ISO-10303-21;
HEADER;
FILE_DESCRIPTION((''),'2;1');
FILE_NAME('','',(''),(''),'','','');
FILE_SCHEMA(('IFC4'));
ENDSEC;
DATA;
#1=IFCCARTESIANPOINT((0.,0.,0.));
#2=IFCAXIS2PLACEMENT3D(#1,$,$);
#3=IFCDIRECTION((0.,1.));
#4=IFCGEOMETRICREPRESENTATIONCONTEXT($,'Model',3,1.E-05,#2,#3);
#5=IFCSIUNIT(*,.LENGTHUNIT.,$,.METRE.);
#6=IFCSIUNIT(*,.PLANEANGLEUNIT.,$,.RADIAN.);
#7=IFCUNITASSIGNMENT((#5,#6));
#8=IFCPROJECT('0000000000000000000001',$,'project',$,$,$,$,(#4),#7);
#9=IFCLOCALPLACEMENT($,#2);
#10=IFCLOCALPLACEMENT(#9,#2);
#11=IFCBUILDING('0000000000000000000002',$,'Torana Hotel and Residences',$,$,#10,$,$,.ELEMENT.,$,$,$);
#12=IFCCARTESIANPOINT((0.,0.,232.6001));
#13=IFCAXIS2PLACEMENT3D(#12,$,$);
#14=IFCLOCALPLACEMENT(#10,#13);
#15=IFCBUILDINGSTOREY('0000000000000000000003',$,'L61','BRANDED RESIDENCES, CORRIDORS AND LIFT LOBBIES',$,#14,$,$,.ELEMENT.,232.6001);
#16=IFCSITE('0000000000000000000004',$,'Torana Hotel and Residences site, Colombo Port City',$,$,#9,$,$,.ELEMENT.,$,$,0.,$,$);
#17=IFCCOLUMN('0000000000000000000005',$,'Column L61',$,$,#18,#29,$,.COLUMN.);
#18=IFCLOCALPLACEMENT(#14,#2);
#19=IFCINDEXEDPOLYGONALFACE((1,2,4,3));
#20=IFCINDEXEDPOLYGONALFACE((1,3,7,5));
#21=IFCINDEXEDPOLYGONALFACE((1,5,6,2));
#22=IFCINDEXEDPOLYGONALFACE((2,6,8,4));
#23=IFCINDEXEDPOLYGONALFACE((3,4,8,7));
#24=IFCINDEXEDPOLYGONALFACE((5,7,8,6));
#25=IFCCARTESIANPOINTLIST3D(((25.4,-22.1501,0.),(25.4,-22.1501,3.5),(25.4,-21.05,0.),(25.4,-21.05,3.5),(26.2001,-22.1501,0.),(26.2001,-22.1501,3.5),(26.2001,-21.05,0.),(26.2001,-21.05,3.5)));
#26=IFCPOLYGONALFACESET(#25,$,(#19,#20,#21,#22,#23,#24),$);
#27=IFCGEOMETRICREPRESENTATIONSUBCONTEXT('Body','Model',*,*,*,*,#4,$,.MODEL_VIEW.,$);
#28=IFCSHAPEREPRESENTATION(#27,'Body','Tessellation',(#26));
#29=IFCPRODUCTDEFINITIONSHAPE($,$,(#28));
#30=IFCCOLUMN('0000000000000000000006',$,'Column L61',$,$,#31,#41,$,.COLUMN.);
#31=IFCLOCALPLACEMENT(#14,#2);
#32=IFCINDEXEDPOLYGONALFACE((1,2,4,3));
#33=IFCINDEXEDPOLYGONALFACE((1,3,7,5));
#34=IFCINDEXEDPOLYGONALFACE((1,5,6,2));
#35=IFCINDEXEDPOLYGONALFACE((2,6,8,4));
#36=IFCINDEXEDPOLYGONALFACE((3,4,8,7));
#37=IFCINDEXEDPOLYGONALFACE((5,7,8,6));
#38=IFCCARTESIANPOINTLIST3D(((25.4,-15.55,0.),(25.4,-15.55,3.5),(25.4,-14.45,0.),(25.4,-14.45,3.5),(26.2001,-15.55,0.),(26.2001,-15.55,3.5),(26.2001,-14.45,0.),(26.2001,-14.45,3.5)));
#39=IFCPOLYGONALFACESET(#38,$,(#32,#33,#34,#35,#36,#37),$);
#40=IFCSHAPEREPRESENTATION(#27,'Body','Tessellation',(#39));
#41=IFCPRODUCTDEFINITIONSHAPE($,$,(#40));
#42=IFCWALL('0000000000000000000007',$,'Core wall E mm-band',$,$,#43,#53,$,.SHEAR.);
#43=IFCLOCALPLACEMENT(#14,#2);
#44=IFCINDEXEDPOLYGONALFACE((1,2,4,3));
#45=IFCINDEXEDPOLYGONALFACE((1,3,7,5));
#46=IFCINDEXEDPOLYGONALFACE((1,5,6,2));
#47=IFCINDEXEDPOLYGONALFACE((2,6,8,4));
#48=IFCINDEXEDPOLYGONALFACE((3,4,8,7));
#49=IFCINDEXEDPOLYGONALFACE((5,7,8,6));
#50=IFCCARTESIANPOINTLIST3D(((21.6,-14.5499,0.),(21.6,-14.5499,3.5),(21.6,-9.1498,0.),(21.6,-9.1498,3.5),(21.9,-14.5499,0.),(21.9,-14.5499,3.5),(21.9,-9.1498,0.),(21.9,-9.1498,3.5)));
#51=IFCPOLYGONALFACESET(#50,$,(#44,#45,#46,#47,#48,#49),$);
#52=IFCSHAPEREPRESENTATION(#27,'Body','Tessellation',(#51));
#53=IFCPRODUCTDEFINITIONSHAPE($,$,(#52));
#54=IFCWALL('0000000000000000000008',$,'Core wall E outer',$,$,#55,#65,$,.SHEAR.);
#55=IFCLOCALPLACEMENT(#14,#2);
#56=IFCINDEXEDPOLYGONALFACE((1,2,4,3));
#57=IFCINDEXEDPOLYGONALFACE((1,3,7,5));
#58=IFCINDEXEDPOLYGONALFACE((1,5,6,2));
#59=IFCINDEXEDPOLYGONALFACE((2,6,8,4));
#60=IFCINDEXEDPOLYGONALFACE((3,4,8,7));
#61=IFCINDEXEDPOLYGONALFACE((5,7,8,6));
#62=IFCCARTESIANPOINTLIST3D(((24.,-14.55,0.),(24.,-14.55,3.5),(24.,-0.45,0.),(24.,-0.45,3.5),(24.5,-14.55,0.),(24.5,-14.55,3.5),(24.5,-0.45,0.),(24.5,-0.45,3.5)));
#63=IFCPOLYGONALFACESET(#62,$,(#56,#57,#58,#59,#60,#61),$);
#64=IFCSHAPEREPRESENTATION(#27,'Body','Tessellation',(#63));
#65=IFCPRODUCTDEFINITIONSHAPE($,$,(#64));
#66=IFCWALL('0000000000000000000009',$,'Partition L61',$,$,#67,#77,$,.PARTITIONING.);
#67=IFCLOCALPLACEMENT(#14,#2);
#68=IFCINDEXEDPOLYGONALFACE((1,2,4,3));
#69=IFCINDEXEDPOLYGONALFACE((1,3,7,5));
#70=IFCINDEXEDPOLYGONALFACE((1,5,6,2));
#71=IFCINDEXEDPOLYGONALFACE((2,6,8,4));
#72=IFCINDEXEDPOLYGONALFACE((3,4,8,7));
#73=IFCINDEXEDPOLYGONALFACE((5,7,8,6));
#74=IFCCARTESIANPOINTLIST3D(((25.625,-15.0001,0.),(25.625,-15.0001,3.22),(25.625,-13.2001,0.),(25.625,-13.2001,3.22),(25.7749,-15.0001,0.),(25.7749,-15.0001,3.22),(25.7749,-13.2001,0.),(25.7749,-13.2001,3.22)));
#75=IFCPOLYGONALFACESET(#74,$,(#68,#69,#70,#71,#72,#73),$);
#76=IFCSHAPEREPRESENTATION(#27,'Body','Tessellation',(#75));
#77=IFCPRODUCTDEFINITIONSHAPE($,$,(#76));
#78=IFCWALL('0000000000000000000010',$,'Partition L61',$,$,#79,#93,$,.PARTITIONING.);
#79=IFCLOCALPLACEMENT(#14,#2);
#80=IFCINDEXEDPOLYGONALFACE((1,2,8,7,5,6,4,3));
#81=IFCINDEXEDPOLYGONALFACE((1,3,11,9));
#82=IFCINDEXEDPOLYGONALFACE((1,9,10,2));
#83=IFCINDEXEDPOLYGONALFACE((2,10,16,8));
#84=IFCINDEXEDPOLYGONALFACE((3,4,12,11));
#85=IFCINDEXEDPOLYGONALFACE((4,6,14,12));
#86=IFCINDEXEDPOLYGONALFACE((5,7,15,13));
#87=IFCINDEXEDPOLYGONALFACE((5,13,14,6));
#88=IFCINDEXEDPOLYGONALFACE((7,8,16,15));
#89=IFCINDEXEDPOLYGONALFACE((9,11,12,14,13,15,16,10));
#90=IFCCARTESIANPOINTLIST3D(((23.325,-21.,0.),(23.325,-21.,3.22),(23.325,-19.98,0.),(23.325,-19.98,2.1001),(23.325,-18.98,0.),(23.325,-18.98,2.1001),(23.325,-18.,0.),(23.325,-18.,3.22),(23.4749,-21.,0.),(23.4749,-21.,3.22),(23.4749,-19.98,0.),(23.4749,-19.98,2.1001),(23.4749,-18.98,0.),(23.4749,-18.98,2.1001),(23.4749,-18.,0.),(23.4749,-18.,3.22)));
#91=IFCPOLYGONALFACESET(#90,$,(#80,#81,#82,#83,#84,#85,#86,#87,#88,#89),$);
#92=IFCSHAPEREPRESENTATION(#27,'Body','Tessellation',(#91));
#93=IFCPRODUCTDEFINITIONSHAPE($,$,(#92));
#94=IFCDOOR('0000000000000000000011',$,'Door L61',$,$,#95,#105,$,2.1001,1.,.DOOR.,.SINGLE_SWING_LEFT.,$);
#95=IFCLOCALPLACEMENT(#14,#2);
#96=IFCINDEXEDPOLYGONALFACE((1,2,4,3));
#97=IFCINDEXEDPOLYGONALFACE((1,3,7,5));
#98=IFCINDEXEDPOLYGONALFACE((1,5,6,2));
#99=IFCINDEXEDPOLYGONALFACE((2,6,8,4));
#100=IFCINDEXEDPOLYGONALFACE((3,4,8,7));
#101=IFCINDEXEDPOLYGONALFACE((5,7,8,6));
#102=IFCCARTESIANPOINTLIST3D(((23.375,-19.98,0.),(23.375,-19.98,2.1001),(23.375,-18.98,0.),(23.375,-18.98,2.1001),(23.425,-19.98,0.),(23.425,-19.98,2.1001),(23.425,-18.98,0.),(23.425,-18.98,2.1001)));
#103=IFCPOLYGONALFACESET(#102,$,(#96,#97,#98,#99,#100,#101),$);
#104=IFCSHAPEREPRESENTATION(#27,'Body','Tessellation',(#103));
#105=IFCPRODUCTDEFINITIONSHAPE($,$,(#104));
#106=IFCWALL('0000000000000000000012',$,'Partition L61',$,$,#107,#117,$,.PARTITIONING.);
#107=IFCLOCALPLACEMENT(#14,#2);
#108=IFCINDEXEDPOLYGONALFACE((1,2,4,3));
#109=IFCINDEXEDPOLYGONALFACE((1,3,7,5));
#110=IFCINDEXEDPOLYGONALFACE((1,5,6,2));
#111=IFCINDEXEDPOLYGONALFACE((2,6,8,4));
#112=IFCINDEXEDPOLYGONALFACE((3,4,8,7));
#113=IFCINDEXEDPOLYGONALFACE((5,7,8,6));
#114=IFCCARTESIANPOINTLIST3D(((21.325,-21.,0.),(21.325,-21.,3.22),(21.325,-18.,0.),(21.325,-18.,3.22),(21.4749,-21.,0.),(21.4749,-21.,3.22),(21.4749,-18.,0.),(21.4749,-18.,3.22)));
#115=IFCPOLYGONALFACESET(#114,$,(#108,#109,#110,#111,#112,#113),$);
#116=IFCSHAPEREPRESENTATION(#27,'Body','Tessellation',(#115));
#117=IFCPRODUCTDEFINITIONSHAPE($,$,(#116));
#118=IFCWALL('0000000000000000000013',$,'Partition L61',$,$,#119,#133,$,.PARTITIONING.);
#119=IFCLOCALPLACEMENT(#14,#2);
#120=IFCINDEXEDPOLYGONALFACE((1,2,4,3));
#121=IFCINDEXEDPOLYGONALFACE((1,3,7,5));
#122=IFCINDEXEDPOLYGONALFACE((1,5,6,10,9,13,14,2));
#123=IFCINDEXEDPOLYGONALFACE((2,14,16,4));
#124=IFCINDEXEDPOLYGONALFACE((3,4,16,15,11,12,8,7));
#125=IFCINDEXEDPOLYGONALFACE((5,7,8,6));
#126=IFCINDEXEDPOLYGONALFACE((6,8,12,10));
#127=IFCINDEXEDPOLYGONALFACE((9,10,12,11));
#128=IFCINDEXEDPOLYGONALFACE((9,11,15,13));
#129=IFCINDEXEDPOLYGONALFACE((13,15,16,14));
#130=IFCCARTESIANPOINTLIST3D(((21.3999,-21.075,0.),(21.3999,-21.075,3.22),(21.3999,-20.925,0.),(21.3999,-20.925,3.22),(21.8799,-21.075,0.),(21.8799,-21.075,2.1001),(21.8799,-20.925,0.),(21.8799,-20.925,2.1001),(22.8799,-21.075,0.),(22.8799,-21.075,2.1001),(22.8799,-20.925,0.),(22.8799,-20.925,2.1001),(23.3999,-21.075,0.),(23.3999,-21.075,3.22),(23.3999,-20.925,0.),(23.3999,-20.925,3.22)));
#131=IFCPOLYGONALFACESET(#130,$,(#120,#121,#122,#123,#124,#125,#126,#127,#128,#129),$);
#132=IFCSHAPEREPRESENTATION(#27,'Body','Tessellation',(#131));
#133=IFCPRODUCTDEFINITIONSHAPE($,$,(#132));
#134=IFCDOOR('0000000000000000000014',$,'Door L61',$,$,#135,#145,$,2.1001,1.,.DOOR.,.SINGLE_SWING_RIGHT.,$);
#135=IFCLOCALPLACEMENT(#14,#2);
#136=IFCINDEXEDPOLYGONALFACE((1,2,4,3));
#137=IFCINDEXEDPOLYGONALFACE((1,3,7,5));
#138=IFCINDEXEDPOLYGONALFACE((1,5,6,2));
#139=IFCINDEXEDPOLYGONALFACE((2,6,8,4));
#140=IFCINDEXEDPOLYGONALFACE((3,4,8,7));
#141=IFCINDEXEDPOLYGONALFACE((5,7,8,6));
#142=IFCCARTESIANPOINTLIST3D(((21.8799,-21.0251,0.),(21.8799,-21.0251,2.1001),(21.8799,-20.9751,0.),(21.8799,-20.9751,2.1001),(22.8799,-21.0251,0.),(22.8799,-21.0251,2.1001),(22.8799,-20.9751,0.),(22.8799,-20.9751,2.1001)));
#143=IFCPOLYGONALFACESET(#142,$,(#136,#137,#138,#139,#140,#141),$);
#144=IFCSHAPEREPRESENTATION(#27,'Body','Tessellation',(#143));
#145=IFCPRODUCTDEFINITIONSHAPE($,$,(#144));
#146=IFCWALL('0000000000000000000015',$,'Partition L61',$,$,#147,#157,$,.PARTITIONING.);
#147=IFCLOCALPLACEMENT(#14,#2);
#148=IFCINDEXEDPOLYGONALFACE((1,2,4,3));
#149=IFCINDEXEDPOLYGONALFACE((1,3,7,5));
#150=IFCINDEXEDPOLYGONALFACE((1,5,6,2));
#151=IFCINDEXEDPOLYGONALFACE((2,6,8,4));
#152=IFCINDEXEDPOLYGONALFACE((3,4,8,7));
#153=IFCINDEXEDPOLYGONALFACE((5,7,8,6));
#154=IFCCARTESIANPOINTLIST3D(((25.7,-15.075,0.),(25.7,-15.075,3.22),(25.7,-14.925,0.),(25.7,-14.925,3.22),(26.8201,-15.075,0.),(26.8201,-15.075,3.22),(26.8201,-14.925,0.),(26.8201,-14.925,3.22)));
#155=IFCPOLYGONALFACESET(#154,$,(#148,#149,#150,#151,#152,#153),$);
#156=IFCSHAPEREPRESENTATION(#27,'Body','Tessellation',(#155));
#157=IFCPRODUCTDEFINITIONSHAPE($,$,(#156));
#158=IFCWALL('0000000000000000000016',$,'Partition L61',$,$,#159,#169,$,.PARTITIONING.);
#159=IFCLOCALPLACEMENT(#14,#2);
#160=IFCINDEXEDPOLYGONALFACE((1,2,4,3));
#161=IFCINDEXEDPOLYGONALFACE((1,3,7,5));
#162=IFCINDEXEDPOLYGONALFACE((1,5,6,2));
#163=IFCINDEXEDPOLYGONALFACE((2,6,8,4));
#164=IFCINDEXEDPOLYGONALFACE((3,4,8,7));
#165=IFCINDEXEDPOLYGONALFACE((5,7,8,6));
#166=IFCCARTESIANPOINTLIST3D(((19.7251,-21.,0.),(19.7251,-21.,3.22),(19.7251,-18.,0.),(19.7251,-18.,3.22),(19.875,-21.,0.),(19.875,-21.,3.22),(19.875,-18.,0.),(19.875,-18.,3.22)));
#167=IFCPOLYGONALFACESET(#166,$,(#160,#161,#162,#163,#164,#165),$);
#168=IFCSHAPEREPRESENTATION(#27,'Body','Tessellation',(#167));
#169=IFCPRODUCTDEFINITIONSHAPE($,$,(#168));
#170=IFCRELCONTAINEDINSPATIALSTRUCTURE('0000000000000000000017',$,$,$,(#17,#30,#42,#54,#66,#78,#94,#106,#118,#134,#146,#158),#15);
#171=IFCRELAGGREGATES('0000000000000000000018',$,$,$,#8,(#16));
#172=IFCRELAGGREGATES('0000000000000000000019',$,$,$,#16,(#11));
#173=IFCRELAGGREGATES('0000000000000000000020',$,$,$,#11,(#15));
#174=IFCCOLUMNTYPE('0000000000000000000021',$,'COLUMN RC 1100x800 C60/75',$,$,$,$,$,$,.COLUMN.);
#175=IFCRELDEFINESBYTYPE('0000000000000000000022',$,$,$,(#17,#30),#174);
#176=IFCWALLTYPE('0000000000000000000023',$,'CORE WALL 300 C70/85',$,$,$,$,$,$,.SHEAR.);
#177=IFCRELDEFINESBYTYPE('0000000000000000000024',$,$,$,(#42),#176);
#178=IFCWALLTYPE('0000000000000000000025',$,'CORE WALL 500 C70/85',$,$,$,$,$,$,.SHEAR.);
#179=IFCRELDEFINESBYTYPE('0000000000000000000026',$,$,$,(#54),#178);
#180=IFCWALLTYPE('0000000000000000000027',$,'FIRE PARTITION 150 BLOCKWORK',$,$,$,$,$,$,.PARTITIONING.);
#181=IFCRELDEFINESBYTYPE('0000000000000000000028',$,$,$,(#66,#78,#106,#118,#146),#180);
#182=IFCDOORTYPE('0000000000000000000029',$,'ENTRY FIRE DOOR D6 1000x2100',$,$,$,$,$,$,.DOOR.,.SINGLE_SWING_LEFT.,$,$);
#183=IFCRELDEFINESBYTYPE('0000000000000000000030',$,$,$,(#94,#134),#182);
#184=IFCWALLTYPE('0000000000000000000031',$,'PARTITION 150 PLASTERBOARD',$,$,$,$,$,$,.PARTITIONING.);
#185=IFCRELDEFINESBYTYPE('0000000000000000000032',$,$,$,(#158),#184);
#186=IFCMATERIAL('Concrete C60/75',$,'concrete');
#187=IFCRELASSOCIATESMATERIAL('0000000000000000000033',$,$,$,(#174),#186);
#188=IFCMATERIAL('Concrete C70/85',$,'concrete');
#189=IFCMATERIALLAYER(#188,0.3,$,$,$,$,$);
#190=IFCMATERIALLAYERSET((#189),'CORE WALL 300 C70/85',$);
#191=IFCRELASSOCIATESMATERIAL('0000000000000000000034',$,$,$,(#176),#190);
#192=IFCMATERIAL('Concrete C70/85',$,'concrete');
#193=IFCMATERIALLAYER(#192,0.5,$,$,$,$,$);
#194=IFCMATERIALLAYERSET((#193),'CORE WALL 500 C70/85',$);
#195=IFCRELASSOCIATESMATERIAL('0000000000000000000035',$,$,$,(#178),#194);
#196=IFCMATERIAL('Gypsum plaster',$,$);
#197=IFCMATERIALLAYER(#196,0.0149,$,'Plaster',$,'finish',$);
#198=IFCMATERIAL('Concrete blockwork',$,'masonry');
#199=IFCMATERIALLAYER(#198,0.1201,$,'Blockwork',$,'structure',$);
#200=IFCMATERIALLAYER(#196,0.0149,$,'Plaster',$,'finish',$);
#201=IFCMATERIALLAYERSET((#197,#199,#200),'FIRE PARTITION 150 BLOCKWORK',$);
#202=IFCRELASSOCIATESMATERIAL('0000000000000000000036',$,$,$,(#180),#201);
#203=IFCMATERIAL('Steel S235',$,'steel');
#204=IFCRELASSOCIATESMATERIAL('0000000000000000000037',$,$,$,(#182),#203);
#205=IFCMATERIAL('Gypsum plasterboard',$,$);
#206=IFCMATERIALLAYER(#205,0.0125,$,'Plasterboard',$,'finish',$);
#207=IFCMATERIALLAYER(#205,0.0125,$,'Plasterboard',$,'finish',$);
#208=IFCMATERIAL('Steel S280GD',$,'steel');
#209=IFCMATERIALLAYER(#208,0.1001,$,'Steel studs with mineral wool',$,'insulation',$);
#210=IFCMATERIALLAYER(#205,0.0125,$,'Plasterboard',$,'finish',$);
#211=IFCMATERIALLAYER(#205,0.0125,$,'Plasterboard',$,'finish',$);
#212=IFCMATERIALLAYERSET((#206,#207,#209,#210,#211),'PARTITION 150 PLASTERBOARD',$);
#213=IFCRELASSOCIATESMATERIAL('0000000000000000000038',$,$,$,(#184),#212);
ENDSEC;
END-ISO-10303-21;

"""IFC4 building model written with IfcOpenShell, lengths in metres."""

from ifc_helpers import new_model, si_unit, direction, frame, frame_2d, origin, origin_2d, place, context, subcontext, project, spatial, rectangle, extrude, material, layer, layer_set, material_profile, profile_set, type_object, element, fill, save


model = new_model("IFC4")

# Units and contexts
model_context = context("Model", 3, precision=1e-05, world=origin(), true_north=direction((0.0, 1.0)))
body_context = subcontext(model_context, "Body", "Model", "MODEL_VIEW")
ifc_project = project(units=[si_unit("LENGTHUNIT", "METRE"), si_unit("PLANEANGLEUNIT", "RADIAN")], contexts=[model_context])

# Site, building, storey
site_placement = place(None, origin())
site = spatial("IfcSite", under=ifc_project, at=site_placement, Name="Torana Hotel and Residences site, Colombo Port City", CompositionType="ELEMENT", RefElevation=0.0)
building_placement = place(site_placement, origin())
building = spatial("IfcBuilding", under=site, at=building_placement, Name="Torana Hotel and Residences", CompositionType="ELEMENT")
storey_placement = place(building_placement, frame((0.0, 0.0, 232.6001)))
storey = spatial("IfcBuildingStorey", under=building, at=storey_placement, Name="L61", Description="BRANDED RESIDENCES, CORRIDORS AND LIFT LOBBIES", CompositionType="ELEMENT", Elevation=232.6001)

# Columns
ifc_material_1 = material(Name="Concrete C60/75", Category="concrete")
ifc_material_profile = material_profile(ifc_material_1, rectangle(XDim=1.1001, YDim=0.8, at=origin_2d()), Name="RC 1100x800")
ifc_profile_set = profile_set([ifc_material_profile], Name="Concrete C60/75")
column_type = type_object("IfcColumnType", Name="COLUMN RC 1100x800 C60/75", PredefinedType="COLUMN", material=ifc_profile_set)
for number, where, z_axis, x_axis, name in (
    (1, (25.8, -21.6001, 0.0), (0.0, 0.0, 1.0), (0.0, 1.0, 0.0), "Column L61"),
    (2, (25.8, -15.0, 0.0), (0.0, 0.0, 1.0), (0.0, 1.0, 0.0), "Column L61"),
):
    element("IfcColumn", number, at=place(storey_placement, frame(where, z_axis=z_axis, x_axis=x_axis)), inside=storey, type_object=column_type, Name=name, PredefinedType="COLUMN", context=body_context, shape_type="SweptSolid", body=[
        extrude(rectangle(XDim=1.1001, YDim=0.8, at=origin_2d()), origin(), (0.0, 0.0, 1.0), 3.5),
    ])

# Walls
ifc_material_2 = material(Name="Concrete C70/85", Category="concrete")
ifc_layer_1 = layer(ifc_material_2, 0.3)
ifc_layer_set_1 = layer_set([ifc_layer_1], Name="CORE WALL 300 C70/85")
wall_type_1 = type_object("IfcWallType", Name="CORE WALL 300 C70/85", PredefinedType="SHEAR", material=ifc_layer_set_1)
wall_1_placement = place(storey_placement, frame((21.75, -14.55, 0.0), z_axis=(0.0, 0.0, 1.0), x_axis=(0.0, 1.0, 0.0)))
element("IfcWall", 3, at=wall_1_placement, inside=storey, type_object=wall_type_1, Name="Core wall E mm-band", PredefinedType="SHEAR", context=body_context, shape_type="SweptSolid", body=[
    extrude(rectangle(XDim=5.4001, YDim=0.3, at=frame_2d((2.7002, 0.0))), origin(), (0.0, 0.0, 1.0), 3.5),
])
ifc_material_3 = material(Name="Concrete C70/85", Category="concrete")
ifc_layer_2 = layer(ifc_material_3, 0.5)
ifc_layer_set_2 = layer_set([ifc_layer_2], Name="CORE WALL 500 C70/85")
wall_type_2 = type_object("IfcWallType", Name="CORE WALL 500 C70/85", PredefinedType="SHEAR", material=ifc_layer_set_2)
wall_2_placement = place(storey_placement, frame((24.25, -14.55, 0.0), z_axis=(0.0, 0.0, 1.0), x_axis=(0.0, 1.0, 0.0)))
element("IfcWall", 4, at=wall_2_placement, inside=storey, type_object=wall_type_2, Name="Core wall E outer", PredefinedType="SHEAR", context=body_context, shape_type="SweptSolid", body=[
    extrude(rectangle(XDim=14.1001, YDim=0.5, at=frame_2d((7.05, 0.0))), origin(), (0.0, 0.0, 1.0), 3.5),
])
ifc_material_4 = material(Name="Gypsum plaster")
ifc_layer_3 = layer(ifc_material_4, 0.0149, Name="Plaster", Category="finish")
ifc_material_5 = material(Name="Concrete blockwork", Category="masonry")
ifc_layer_4 = layer(ifc_material_5, 0.1201, Name="Blockwork", Category="structure")
ifc_layer_5 = layer(ifc_material_4, 0.0149, Name="Plaster", Category="finish")
ifc_layer_set_3 = layer_set([ifc_layer_3, ifc_layer_4, ifc_layer_5], Name="FIRE PARTITION 150 BLOCKWORK")
wall_type_3 = type_object("IfcWallType", Name="FIRE PARTITION 150 BLOCKWORK", PredefinedType="PARTITIONING", material=ifc_layer_set_3)
wall_3_placement = place(storey_placement, frame((25.7, -15.0, 0.0), z_axis=(0.0, 0.0, 1.0), x_axis=(0.0, 1.0, 0.0)))
element("IfcWall", 5, at=wall_3_placement, inside=storey, type_object=wall_type_3, Name="Partition L61", PredefinedType="PARTITIONING", context=body_context, shape_type="SweptSolid", body=[
    extrude(rectangle(XDim=1.8, YDim=0.1499, at=frame_2d((0.8999, 0.0))), origin(), (0.0, 0.0, 1.0), 3.22),
])

# Wall, opening, door
wall_4_placement = place(storey_placement, frame((23.3999, -21.0, 0.0), z_axis=(0.0, 0.0, 1.0), x_axis=(0.0, 1.0, 0.0)))
wall_4 = element("IfcWall", 6, at=wall_4_placement, inside=storey, type_object=wall_type_3, Name="Partition L61", PredefinedType="PARTITIONING", context=body_context, shape_type="SweptSolid", body=[
    extrude(rectangle(XDim=3.0, YDim=0.1499, at=frame_2d((1.5, 0.0))), origin(), (0.0, 0.0, 1.0), 3.22),
])
opening_1_placement = place(wall_4_placement, frame((1.02, 0.0, 0.0)))
opening_1 = element("IfcOpeningElement", 7, at=opening_1_placement, cuts=wall_4, PredefinedType="OPENING", context=body_context, shape_type="SweptSolid", body=[
    extrude(rectangle(XDim=1.0, YDim=2.1001, at=frame_2d((0.5, 1.05))), frame((0.0, 0.085, 0.0), z_axis=(0.0, -1.0, 0.0), x_axis=(1.0, 0.0, 0.0)), (0.0, 0.0, 1.0), 0.1699),
])
ifc_material_6 = material(Name="Steel S235", Category="steel")
door_type = type_object("IfcDoorType", Name="ENTRY FIRE DOOR D6 1000x2100", OperationType="SINGLE_SWING_LEFT", PredefinedType="DOOR", material=ifc_material_6)
door_1_placement = place(opening_1_placement, frame((0.5, 0.0, 0.0), z_axis=(0.0, 0.0, 1.0), x_axis=(-1.0, 0.0, 0.0)))
door_1 = element("IfcDoor", 8, at=door_1_placement, inside=storey, type_object=door_type, Name="Door L61", OperationType="SINGLE_SWING_LEFT", OverallHeight=2.1001, OverallWidth=1.0, PredefinedType="DOOR", context=body_context, shape_type="SweptSolid", body=[
    extrude(rectangle(XDim=1.0, YDim=2.1001, at=frame_2d((0.0, 1.05))), frame((0.0, -0.0249, 0.0), z_axis=(0.0, 1.0, 0.0), x_axis=(-1.0, 0.0, 0.0)), (0.0, 0.0, 1.0), 0.05),
])
fill(opening_1, door_1)

# Wall
wall_5_placement = place(storey_placement, frame((21.3999, -21.0, 0.0), z_axis=(0.0, 0.0, 1.0), x_axis=(0.0, 1.0, 0.0)))
element("IfcWall", 9, at=wall_5_placement, inside=storey, type_object=wall_type_3, Name="Partition L61", PredefinedType="PARTITIONING", context=body_context, shape_type="SweptSolid", body=[
    extrude(rectangle(XDim=3.0, YDim=0.1499, at=frame_2d((1.5, 0.0))), origin(), (0.0, 0.0, 1.0), 3.22),
])

# Wall, opening, door
wall_6_placement = place(storey_placement, frame((21.3999, -21.0, 0.0), z_axis=(0.0, 0.0, 1.0), x_axis=(1.0, 0.0, 0.0)))
wall_6 = element("IfcWall", 10, at=wall_6_placement, inside=storey, type_object=wall_type_3, Name="Partition L61", PredefinedType="PARTITIONING", context=body_context, shape_type="SweptSolid", body=[
    extrude(rectangle(XDim=2.0, YDim=0.1499, at=frame_2d((1.0, 0.0))), origin(), (0.0, 0.0, 1.0), 3.22),
])
opening_2_placement = place(wall_6_placement, frame((0.48, 0.0, 0.0)))
opening_2 = element("IfcOpeningElement", 11, at=opening_2_placement, cuts=wall_6, PredefinedType="OPENING", context=body_context, shape_type="SweptSolid", body=[
    extrude(rectangle(XDim=1.0, YDim=2.1001, at=frame_2d((0.5, 1.05))), frame((0.0, 0.085, 0.0), z_axis=(0.0, -1.0, 0.0), x_axis=(1.0, 0.0, 0.0)), (0.0, 0.0, 1.0), 0.1699),
])
door_2_placement = place(opening_2_placement, frame((0.5, 0.0, 0.0), z_axis=(0.0, 0.0, 1.0), x_axis=(-1.0, 0.0, 0.0)))
door_2 = element("IfcDoor", 12, at=door_2_placement, inside=storey, type_object=door_type, Name="Door L61", OperationType="SINGLE_SWING_RIGHT", OverallHeight=2.1001, OverallWidth=1.0, PredefinedType="DOOR", context=body_context, shape_type="SweptSolid", body=[
    extrude(rectangle(XDim=1.0, YDim=2.1001, at=frame_2d((0.0, 1.05))), frame((0.0, -0.0249, 0.0), z_axis=(0.0, 1.0, 0.0), x_axis=(-1.0, 0.0, 0.0)), (0.0, 0.0, 1.0), 0.05),
])
fill(opening_2, door_2)

# Walls
wall_7_placement = place(storey_placement, frame((25.7, -15.0, 0.0), z_axis=(0.0, 0.0, 1.0), x_axis=(1.0, 0.0, 0.0)))
element("IfcWall", 13, at=wall_7_placement, inside=storey, type_object=wall_type_3, Name="Partition L61", PredefinedType="PARTITIONING", context=body_context, shape_type="SweptSolid", body=[
    extrude(rectangle(XDim=1.1201, YDim=0.1499, at=frame_2d((0.5601, 0.0))), origin(), (0.0, 0.0, 1.0), 3.22),
])
ifc_material_7 = material(Name="Gypsum plasterboard")
ifc_layer_6 = layer(ifc_material_7, 0.0125, Name="Plasterboard", Category="finish")
ifc_layer_7 = layer(ifc_material_7, 0.0125, Name="Plasterboard", Category="finish")
ifc_material_8 = material(Name="Steel S280GD", Category="steel")
ifc_layer_8 = layer(ifc_material_8, 0.1001, Name="Steel studs with mineral wool", Category="insulation")
ifc_layer_9 = layer(ifc_material_7, 0.0125, Name="Plasterboard", Category="finish")
ifc_layer_10 = layer(ifc_material_7, 0.0125, Name="Plasterboard", Category="finish")
ifc_layer_set_4 = layer_set([ifc_layer_6, ifc_layer_7, ifc_layer_8, ifc_layer_9, ifc_layer_10], Name="PARTITION 150 PLASTERBOARD")
wall_type_4 = type_object("IfcWallType", Name="PARTITION 150 PLASTERBOARD", PredefinedType="PARTITIONING", material=ifc_layer_set_4)
wall_8_placement = place(storey_placement, frame((19.8, -21.0, 0.0), z_axis=(0.0, 0.0, 1.0), x_axis=(0.0, 1.0, 0.0)))
element("IfcWall", 14, at=wall_8_placement, inside=storey, type_object=wall_type_4, Name="Partition L61", PredefinedType="PARTITIONING", context=body_context, shape_type="SweptSolid", body=[
    extrude(rectangle(XDim=3.0, YDim=0.1499, at=frame_2d((1.5, 0.0))), origin(), (0.0, 0.0, 1.0), 3.22),
])

save(model, "model.ifc")
